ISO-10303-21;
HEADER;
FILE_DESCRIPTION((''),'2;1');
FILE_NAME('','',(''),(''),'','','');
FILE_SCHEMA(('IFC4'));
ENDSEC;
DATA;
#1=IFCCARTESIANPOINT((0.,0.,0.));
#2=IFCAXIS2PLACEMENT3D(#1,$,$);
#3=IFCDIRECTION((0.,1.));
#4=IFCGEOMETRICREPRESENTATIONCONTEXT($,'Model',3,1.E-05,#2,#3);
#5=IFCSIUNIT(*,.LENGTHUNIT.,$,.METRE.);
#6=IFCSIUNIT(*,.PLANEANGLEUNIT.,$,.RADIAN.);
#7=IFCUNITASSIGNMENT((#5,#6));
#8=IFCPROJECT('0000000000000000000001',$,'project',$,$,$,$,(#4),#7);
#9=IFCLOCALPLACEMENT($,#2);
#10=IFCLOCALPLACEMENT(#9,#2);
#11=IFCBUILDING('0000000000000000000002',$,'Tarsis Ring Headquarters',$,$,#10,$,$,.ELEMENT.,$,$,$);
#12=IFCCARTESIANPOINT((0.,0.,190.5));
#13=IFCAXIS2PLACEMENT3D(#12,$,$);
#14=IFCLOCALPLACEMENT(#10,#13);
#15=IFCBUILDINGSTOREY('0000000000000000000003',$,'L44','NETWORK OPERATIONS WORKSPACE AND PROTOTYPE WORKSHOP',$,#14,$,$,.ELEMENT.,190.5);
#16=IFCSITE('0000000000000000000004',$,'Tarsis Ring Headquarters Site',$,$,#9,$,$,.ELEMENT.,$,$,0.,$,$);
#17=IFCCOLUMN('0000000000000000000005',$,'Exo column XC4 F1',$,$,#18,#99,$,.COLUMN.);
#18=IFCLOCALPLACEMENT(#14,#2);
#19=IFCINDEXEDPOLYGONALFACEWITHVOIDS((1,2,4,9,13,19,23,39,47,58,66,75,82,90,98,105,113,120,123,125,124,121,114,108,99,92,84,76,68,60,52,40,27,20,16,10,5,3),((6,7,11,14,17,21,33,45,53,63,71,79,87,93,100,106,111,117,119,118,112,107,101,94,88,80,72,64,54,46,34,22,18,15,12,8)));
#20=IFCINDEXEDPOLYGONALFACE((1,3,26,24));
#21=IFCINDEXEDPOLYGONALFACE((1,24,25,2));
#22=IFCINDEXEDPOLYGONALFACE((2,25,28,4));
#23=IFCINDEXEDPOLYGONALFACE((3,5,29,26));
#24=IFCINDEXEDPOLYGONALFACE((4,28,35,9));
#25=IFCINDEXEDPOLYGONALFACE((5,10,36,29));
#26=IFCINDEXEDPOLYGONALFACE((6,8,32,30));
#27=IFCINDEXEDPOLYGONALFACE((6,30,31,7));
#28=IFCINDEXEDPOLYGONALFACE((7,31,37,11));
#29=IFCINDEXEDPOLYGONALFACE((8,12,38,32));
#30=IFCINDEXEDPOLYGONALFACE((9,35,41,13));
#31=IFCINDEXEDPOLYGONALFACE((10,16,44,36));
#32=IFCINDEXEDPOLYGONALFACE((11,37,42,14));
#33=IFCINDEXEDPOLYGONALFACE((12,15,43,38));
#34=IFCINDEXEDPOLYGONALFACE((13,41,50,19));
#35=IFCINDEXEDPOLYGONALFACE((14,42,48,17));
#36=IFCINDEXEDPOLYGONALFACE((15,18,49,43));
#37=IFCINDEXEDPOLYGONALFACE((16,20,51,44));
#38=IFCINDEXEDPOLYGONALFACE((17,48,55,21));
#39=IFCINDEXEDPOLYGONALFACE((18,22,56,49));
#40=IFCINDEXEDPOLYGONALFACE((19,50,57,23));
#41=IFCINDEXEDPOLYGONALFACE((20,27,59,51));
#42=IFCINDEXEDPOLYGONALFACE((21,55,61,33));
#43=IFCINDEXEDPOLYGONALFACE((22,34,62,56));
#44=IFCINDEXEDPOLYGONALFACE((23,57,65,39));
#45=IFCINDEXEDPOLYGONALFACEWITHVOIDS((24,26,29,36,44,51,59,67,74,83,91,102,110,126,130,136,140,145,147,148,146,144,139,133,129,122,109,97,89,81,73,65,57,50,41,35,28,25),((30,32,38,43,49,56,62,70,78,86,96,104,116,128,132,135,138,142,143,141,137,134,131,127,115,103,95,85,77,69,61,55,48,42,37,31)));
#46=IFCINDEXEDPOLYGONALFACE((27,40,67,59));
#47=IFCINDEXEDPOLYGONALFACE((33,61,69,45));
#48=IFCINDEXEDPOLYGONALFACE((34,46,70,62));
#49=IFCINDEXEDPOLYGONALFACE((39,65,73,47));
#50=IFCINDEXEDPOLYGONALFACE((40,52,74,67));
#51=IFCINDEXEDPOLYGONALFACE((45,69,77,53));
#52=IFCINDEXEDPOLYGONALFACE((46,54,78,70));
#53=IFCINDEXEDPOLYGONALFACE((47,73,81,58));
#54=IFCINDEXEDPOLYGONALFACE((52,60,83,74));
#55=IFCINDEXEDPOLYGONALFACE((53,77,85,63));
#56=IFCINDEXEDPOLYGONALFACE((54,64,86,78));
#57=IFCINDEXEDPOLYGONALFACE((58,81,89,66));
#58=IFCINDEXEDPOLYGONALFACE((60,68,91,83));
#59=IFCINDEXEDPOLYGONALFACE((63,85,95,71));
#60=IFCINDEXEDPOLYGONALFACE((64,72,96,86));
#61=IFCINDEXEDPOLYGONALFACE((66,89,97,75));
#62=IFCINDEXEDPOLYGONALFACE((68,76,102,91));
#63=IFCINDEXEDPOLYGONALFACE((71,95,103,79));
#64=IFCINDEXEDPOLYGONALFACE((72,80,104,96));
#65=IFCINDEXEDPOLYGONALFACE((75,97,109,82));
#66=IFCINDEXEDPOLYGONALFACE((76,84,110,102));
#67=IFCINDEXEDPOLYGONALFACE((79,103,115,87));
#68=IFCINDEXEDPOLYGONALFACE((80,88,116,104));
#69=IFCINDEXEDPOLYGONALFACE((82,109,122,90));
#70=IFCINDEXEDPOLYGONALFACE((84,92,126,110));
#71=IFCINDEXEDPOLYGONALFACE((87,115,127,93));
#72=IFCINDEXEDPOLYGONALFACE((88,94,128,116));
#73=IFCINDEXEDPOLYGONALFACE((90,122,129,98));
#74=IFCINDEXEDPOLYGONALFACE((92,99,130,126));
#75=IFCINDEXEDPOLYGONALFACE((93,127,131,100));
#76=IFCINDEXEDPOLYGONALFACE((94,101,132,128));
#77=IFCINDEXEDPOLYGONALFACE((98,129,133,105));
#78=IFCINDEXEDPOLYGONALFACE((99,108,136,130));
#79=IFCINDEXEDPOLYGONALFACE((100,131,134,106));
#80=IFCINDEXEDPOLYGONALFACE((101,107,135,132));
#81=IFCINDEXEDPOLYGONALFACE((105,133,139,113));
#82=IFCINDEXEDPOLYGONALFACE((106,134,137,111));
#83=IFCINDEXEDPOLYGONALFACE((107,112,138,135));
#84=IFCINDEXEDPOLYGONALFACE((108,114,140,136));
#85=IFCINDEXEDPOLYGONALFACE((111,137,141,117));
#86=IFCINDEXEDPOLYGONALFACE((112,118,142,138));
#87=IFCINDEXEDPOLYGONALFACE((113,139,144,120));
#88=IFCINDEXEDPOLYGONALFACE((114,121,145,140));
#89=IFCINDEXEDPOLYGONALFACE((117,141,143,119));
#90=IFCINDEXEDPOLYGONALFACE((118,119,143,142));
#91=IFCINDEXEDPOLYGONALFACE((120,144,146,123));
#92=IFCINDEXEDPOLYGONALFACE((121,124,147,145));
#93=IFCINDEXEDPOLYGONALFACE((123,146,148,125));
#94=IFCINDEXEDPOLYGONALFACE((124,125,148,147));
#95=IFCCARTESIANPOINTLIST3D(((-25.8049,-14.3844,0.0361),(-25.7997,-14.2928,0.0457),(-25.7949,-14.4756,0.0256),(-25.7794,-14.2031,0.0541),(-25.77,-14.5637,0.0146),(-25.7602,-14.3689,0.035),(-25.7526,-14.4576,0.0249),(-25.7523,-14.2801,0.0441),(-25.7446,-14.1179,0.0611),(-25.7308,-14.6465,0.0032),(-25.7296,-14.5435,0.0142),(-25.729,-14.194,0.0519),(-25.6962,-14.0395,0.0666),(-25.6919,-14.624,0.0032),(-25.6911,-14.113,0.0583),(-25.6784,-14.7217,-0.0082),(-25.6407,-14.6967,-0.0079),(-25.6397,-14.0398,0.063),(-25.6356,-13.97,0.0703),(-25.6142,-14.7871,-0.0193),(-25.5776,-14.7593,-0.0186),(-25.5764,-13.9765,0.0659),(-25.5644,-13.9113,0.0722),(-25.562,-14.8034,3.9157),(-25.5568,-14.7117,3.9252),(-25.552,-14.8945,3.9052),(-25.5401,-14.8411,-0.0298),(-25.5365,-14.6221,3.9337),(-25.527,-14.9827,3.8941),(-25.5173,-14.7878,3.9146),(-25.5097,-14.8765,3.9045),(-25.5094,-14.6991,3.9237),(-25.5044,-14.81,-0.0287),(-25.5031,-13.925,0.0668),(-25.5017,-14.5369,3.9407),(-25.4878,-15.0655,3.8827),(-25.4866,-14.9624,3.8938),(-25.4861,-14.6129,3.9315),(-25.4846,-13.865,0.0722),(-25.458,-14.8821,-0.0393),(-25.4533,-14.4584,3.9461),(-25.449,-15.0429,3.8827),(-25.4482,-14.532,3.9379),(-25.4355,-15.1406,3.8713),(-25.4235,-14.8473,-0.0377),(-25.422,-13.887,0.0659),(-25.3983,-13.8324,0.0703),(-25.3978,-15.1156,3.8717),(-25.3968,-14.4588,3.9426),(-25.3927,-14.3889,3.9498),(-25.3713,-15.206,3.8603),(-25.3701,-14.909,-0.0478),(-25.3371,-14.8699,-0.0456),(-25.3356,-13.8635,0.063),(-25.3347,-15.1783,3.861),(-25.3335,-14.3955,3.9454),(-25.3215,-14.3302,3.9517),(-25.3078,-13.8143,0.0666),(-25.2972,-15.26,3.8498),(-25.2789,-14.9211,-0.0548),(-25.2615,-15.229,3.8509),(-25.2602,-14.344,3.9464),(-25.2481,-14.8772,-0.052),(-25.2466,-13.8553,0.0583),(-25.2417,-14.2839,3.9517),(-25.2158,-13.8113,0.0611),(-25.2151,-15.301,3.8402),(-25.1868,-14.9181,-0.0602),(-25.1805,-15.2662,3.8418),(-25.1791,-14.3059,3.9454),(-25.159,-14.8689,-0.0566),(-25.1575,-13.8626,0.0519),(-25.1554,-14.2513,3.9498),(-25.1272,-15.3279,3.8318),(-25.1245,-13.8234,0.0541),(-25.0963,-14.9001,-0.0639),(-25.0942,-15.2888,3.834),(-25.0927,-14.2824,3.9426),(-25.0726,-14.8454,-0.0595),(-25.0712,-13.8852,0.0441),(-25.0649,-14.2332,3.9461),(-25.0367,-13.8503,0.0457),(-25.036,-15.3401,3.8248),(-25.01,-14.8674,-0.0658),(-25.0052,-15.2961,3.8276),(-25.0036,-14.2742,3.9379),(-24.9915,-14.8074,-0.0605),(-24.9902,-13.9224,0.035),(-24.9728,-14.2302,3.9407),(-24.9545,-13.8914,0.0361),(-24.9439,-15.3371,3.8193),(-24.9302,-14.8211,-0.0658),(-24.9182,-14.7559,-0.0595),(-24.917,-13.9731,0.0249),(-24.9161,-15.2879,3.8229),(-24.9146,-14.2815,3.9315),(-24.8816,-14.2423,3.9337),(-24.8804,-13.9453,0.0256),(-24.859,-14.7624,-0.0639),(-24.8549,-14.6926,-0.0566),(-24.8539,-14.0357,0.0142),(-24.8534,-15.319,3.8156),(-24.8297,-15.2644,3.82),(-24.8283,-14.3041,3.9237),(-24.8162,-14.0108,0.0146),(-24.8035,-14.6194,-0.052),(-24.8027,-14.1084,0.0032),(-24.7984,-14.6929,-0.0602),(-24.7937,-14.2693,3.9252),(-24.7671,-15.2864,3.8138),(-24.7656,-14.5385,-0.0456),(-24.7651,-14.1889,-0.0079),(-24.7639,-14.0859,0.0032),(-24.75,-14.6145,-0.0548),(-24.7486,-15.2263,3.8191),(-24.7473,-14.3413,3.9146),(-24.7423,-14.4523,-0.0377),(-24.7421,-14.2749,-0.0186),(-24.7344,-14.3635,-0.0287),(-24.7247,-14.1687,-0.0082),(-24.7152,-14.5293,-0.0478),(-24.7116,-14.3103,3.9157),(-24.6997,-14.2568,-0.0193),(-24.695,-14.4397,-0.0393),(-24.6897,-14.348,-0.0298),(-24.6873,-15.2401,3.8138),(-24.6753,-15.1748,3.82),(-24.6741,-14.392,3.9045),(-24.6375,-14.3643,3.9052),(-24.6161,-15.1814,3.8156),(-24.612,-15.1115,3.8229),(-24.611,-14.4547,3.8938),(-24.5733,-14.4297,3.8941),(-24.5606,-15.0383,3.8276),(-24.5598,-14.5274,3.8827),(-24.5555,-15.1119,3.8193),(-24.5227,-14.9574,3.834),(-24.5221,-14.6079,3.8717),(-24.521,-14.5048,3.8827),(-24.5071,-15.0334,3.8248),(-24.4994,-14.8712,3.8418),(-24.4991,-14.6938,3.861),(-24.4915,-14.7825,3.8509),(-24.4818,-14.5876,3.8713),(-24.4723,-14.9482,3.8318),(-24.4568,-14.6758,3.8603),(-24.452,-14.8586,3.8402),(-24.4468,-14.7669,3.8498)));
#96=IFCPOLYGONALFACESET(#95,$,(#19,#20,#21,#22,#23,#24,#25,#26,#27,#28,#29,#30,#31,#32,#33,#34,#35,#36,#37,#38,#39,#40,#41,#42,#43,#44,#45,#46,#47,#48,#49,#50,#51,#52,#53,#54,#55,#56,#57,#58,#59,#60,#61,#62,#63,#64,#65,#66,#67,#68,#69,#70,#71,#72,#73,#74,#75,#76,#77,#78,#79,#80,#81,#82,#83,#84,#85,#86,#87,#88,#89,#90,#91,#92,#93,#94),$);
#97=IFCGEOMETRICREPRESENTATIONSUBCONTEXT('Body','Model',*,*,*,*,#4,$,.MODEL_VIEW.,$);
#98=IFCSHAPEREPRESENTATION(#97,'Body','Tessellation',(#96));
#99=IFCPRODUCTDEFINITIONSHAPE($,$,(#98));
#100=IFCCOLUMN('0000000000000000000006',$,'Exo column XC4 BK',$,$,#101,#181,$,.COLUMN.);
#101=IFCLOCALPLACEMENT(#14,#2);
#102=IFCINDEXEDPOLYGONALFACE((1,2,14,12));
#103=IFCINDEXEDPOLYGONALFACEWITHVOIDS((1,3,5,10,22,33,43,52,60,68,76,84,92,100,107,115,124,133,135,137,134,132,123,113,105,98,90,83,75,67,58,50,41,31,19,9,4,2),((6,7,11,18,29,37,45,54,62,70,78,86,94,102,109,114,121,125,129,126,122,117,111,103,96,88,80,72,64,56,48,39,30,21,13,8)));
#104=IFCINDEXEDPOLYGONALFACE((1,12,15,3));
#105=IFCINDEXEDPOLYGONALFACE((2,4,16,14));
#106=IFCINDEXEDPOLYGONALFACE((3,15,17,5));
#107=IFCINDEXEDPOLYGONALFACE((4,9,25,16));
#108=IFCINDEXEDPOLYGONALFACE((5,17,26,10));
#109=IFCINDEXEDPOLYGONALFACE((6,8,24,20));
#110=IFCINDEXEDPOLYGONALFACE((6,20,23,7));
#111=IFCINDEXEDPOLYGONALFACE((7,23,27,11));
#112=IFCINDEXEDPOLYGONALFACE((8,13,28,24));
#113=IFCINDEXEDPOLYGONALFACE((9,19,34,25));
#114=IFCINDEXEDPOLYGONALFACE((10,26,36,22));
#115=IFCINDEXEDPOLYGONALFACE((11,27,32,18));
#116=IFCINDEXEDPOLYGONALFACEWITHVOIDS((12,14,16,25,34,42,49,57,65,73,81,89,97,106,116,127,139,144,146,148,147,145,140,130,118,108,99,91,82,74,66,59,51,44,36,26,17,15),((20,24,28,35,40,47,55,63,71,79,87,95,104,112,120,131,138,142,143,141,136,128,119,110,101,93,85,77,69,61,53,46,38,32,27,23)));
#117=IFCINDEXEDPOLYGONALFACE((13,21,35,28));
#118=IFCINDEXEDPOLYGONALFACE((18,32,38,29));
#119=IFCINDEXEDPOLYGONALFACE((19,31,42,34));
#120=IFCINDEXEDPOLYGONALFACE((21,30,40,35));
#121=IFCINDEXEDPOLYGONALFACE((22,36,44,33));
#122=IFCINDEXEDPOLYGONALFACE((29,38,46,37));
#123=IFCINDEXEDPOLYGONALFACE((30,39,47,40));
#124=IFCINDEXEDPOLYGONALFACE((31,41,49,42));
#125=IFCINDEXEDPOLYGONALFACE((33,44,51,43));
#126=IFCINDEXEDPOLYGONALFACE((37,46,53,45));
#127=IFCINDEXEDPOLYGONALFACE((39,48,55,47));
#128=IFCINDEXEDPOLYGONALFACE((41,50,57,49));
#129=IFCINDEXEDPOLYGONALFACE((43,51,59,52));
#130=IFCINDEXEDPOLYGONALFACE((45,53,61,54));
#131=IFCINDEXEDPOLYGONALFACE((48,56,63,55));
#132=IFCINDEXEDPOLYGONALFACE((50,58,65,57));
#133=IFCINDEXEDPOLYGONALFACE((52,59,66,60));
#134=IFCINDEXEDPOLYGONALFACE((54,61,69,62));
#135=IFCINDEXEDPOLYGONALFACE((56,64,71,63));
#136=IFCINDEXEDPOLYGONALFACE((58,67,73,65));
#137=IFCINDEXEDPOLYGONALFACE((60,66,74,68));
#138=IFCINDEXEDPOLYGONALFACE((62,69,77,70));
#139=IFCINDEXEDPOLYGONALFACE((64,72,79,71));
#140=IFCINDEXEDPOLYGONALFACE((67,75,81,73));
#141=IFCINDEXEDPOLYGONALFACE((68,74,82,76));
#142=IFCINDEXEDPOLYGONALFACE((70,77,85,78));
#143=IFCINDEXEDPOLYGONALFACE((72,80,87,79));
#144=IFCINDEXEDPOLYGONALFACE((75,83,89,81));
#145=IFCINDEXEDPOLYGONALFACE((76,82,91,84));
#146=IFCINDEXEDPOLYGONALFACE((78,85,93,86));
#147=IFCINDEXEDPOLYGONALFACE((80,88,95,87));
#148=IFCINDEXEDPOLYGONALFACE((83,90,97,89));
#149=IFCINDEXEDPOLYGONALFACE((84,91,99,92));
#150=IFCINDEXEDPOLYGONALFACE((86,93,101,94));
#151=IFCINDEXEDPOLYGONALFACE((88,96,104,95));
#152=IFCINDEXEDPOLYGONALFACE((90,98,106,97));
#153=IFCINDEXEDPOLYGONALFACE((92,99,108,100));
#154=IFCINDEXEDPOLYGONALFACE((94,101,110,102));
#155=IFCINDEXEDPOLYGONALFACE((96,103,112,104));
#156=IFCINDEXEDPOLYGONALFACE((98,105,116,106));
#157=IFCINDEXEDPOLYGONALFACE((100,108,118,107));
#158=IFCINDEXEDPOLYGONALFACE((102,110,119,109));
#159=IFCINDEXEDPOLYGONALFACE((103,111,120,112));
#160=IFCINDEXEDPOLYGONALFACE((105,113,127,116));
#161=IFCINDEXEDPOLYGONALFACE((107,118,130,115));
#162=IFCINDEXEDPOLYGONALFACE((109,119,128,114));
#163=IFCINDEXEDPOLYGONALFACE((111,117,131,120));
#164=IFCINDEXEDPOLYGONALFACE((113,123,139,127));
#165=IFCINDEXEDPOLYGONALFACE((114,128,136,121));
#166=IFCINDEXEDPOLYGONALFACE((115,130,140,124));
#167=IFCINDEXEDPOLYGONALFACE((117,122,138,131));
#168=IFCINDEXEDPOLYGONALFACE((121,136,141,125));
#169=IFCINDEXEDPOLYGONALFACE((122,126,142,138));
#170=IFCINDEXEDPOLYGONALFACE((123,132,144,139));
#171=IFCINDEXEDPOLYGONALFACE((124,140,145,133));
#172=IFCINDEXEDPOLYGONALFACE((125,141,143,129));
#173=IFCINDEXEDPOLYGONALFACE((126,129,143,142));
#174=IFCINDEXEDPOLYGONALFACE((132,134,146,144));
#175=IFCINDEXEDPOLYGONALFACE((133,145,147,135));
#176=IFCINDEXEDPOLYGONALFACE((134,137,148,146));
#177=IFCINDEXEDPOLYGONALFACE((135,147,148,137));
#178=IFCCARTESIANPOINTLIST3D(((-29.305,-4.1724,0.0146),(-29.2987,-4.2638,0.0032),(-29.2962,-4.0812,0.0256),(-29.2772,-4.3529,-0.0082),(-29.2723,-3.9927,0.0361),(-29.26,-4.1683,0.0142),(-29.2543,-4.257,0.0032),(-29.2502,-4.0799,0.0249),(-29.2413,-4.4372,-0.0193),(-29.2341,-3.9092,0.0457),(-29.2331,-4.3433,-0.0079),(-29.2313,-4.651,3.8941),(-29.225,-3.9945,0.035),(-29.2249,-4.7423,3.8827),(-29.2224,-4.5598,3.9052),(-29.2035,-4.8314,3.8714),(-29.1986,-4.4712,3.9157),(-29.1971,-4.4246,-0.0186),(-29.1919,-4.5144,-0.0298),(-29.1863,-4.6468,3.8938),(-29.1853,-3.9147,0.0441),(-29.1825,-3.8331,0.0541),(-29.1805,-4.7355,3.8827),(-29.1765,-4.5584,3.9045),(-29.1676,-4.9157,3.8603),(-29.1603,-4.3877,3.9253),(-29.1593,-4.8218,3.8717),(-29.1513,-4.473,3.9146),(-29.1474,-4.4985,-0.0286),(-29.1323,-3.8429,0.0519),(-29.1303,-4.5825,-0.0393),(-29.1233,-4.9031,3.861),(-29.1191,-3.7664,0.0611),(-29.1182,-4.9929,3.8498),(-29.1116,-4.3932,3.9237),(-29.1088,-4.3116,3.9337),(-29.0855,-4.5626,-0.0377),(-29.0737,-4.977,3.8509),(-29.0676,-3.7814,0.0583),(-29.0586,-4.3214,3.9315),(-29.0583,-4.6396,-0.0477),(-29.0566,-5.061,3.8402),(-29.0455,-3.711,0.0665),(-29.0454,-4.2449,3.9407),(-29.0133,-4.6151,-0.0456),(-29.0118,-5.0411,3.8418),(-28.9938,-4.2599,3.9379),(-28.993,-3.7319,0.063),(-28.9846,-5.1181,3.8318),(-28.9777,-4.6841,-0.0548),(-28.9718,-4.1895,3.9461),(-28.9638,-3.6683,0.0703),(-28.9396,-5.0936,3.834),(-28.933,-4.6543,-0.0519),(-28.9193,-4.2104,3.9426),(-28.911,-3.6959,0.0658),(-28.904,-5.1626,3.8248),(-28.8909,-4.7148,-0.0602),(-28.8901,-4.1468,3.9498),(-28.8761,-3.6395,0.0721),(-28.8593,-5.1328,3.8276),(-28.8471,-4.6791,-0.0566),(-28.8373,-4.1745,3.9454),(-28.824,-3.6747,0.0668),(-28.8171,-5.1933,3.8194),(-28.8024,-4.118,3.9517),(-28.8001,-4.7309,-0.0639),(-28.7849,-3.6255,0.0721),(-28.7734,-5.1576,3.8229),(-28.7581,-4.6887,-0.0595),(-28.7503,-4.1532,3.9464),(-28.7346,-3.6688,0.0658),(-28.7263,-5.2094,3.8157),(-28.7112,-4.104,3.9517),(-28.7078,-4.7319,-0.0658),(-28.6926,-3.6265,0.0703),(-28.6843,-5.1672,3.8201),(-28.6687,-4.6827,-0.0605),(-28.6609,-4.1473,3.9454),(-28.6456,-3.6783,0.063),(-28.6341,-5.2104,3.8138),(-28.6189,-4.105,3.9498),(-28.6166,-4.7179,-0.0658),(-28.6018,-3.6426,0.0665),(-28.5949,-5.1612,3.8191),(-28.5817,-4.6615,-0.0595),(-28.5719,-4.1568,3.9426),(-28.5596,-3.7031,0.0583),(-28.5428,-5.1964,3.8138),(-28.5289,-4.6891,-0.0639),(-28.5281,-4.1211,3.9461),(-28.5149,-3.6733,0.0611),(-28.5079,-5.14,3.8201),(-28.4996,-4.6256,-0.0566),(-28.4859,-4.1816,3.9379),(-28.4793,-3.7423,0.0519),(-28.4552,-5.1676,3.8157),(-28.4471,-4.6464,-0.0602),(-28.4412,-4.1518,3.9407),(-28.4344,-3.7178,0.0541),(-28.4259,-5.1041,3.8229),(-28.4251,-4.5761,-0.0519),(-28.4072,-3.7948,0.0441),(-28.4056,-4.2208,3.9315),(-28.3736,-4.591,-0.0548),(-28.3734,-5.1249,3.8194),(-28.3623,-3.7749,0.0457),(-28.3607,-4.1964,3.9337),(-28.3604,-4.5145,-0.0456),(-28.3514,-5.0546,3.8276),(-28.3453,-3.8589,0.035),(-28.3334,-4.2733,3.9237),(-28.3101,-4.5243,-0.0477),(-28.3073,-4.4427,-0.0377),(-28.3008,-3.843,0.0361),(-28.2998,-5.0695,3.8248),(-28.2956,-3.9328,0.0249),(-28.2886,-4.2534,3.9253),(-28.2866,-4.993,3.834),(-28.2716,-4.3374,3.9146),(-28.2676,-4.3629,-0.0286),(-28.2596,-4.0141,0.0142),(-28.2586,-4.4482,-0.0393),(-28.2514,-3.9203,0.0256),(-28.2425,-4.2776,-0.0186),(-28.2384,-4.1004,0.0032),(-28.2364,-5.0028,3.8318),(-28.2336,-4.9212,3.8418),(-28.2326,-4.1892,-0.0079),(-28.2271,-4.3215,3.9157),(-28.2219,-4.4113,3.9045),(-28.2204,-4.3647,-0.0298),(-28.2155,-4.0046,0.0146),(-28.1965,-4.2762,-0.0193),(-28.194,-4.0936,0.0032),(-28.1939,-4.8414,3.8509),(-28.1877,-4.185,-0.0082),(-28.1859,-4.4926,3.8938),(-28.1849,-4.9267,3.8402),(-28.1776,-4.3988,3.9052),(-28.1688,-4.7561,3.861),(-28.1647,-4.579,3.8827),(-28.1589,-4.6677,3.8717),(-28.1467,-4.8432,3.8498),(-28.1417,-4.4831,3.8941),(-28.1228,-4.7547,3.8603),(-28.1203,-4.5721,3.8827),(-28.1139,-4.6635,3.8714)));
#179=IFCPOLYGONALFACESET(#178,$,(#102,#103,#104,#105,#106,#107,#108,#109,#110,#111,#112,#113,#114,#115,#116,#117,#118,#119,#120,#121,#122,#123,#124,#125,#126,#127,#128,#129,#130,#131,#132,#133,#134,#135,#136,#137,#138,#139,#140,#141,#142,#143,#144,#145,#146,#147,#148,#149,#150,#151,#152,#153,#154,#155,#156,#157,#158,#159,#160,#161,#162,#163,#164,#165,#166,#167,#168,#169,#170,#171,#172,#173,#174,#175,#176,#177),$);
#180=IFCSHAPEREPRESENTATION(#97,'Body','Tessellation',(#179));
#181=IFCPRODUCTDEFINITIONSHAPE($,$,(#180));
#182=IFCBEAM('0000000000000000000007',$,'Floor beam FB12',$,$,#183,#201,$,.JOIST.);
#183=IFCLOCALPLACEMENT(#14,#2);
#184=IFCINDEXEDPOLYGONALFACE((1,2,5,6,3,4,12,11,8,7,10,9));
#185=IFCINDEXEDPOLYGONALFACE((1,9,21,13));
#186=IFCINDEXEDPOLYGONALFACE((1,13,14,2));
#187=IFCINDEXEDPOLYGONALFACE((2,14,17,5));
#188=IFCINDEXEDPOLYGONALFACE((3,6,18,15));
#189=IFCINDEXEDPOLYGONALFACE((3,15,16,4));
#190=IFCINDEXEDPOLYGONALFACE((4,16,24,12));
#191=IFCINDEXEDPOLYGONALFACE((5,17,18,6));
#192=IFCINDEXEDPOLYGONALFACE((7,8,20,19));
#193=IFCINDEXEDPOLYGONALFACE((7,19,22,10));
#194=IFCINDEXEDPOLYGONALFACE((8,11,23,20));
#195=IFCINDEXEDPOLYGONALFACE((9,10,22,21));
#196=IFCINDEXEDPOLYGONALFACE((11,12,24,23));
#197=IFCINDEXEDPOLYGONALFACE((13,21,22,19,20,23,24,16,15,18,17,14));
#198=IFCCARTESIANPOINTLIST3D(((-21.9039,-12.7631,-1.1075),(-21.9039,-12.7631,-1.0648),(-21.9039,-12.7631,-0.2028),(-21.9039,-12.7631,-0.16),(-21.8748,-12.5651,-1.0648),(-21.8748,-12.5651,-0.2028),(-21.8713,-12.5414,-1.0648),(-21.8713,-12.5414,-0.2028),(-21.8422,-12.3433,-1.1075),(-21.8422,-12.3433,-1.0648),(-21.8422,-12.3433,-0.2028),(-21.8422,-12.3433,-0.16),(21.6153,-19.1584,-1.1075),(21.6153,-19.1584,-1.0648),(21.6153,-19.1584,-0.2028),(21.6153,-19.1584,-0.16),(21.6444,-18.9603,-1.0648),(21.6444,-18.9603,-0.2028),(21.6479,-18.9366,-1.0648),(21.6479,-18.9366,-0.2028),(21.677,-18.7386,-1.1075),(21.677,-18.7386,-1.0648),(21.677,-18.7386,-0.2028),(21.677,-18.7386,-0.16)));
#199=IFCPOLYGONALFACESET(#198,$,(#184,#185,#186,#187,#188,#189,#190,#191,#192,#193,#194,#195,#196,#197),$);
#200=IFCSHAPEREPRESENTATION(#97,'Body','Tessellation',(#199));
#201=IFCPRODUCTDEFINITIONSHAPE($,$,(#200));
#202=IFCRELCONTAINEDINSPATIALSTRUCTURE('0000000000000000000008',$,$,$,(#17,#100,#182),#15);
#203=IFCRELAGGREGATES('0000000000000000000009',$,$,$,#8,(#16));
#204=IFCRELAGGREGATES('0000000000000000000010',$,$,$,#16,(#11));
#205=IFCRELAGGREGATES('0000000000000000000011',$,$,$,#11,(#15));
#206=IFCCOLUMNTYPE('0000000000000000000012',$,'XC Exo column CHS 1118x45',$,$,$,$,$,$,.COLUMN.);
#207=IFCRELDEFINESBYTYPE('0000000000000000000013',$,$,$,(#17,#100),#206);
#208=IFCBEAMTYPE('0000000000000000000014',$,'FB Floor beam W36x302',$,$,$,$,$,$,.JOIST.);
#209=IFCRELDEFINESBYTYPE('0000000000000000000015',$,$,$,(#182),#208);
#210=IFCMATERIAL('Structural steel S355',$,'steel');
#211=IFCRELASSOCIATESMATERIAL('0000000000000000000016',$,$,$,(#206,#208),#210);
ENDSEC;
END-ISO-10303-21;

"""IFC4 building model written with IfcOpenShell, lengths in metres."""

from ifc_helpers import new_model, si_unit, direction, frame, origin, origin_2d, place, context, subcontext, project, spatial, hollow_circle, i_section, extrude, material, material_profile, profile_set, type_object, element, save


model = new_model("IFC4")

# Units and contexts
model_context = context("Model", 3, precision=1e-05, world=origin(), true_north=direction((0.0, 1.0)))
body_context = subcontext(model_context, "Body", "Model", "MODEL_VIEW")
ifc_project = project(units=[si_unit("LENGTHUNIT", "METRE"), si_unit("PLANEANGLEUNIT", "RADIAN")], contexts=[model_context])

# Site, building, storey
site_placement = place(None, origin())
site = spatial("IfcSite", under=ifc_project, at=site_placement, Name="Tarsis Ring Headquarters Site", CompositionType="ELEMENT", RefElevation=0.0)
building_placement = place(site_placement, origin())
building = spatial("IfcBuilding", under=site, at=building_placement, Name="Tarsis Ring Headquarters", CompositionType="ELEMENT")
storey_placement = place(building_placement, frame((0.0, 0.0, 190.5)))
storey = spatial("IfcBuildingStorey", under=building, at=storey_placement, Name="L44", Description="NETWORK OPERATIONS WORKSPACE AND PROTOTYPE WORKSHOP", CompositionType="ELEMENT", Elevation=190.5)

# Columns
ifc_material_1 = material(Name="Structural steel S355", Category="steel")
ifc_material_profile_1 = material_profile(ifc_material_1, hollow_circle(Radius=0.5588, WallThickness=0.0449, at=origin_2d()), Name="CHS 1118x45")
ifc_profile_set_1 = profile_set([ifc_material_profile_1], Name="Structural steel S355")
column_type = type_object("IfcColumnType", Name="XC Exo column CHS 1118x45", PredefinedType="COLUMN", material=ifc_profile_set_1)
for number, where, z_axis, x_axis, name in (
    (1, (-25.2473, -14.3662, 0.0032), (0.062132, -0.107154, 0.992299), (0.865092, 0.501612, 0.0), "Exo column XC4 F1"),
    (2, (-28.7463, -4.1787, 0.0032), (0.018858, -0.122391, 0.992303), (0.988337, 0.152285, 0.0), "Exo column XC4 BK"),
):
    element("IfcColumn", number, at=place(storey_placement, frame(where, z_axis=z_axis, x_axis=x_axis)), inside=storey, type_object=column_type, Name=name, PredefinedType="COLUMN", context=body_context, shape_type="SweptSolid", body=[
        extrude(hollow_circle(Radius=0.5588, WallThickness=0.0449, at=origin_2d()), origin(), (0.0, 0.0, 1.0), 3.9097),
    ])

# Beam
ifc_material_profile_2 = material_profile(ifc_material_1, i_section(OverallWidth=0.4243, OverallDepth=0.9475, WebThickness=0.0239, FlangeThickness=0.0427, at=origin_2d()), Name="W36x302")
ifc_profile_set_2 = profile_set([ifc_material_profile_2], Name="Structural steel S355")
beam_type_1 = type_object("IfcBeamType", Name="FB Floor beam W36x302", PredefinedType="JOIST", material=ifc_profile_set_2)
beam_1_placement = place(storey_placement, frame((-21.873, -12.5532, -0.6338), z_axis=(0.989374, -0.145391, 0.0), x_axis=(0.145391, 0.989374, 0.0)))
element("IfcBeam", 3, at=beam_1_placement, inside=storey, type_object=beam_type_1, Name="Floor beam FB12", PredefinedType="JOIST", context=body_context, shape_type="SweptSolid", body=[
    extrude(i_section(OverallWidth=0.4243, OverallDepth=0.9475, WebThickness=0.0239, FlangeThickness=0.0427, at=origin_2d()), origin(), (0.0, 0.0, 1.0), 43.9866),
])

save(model, "model.ifc")
